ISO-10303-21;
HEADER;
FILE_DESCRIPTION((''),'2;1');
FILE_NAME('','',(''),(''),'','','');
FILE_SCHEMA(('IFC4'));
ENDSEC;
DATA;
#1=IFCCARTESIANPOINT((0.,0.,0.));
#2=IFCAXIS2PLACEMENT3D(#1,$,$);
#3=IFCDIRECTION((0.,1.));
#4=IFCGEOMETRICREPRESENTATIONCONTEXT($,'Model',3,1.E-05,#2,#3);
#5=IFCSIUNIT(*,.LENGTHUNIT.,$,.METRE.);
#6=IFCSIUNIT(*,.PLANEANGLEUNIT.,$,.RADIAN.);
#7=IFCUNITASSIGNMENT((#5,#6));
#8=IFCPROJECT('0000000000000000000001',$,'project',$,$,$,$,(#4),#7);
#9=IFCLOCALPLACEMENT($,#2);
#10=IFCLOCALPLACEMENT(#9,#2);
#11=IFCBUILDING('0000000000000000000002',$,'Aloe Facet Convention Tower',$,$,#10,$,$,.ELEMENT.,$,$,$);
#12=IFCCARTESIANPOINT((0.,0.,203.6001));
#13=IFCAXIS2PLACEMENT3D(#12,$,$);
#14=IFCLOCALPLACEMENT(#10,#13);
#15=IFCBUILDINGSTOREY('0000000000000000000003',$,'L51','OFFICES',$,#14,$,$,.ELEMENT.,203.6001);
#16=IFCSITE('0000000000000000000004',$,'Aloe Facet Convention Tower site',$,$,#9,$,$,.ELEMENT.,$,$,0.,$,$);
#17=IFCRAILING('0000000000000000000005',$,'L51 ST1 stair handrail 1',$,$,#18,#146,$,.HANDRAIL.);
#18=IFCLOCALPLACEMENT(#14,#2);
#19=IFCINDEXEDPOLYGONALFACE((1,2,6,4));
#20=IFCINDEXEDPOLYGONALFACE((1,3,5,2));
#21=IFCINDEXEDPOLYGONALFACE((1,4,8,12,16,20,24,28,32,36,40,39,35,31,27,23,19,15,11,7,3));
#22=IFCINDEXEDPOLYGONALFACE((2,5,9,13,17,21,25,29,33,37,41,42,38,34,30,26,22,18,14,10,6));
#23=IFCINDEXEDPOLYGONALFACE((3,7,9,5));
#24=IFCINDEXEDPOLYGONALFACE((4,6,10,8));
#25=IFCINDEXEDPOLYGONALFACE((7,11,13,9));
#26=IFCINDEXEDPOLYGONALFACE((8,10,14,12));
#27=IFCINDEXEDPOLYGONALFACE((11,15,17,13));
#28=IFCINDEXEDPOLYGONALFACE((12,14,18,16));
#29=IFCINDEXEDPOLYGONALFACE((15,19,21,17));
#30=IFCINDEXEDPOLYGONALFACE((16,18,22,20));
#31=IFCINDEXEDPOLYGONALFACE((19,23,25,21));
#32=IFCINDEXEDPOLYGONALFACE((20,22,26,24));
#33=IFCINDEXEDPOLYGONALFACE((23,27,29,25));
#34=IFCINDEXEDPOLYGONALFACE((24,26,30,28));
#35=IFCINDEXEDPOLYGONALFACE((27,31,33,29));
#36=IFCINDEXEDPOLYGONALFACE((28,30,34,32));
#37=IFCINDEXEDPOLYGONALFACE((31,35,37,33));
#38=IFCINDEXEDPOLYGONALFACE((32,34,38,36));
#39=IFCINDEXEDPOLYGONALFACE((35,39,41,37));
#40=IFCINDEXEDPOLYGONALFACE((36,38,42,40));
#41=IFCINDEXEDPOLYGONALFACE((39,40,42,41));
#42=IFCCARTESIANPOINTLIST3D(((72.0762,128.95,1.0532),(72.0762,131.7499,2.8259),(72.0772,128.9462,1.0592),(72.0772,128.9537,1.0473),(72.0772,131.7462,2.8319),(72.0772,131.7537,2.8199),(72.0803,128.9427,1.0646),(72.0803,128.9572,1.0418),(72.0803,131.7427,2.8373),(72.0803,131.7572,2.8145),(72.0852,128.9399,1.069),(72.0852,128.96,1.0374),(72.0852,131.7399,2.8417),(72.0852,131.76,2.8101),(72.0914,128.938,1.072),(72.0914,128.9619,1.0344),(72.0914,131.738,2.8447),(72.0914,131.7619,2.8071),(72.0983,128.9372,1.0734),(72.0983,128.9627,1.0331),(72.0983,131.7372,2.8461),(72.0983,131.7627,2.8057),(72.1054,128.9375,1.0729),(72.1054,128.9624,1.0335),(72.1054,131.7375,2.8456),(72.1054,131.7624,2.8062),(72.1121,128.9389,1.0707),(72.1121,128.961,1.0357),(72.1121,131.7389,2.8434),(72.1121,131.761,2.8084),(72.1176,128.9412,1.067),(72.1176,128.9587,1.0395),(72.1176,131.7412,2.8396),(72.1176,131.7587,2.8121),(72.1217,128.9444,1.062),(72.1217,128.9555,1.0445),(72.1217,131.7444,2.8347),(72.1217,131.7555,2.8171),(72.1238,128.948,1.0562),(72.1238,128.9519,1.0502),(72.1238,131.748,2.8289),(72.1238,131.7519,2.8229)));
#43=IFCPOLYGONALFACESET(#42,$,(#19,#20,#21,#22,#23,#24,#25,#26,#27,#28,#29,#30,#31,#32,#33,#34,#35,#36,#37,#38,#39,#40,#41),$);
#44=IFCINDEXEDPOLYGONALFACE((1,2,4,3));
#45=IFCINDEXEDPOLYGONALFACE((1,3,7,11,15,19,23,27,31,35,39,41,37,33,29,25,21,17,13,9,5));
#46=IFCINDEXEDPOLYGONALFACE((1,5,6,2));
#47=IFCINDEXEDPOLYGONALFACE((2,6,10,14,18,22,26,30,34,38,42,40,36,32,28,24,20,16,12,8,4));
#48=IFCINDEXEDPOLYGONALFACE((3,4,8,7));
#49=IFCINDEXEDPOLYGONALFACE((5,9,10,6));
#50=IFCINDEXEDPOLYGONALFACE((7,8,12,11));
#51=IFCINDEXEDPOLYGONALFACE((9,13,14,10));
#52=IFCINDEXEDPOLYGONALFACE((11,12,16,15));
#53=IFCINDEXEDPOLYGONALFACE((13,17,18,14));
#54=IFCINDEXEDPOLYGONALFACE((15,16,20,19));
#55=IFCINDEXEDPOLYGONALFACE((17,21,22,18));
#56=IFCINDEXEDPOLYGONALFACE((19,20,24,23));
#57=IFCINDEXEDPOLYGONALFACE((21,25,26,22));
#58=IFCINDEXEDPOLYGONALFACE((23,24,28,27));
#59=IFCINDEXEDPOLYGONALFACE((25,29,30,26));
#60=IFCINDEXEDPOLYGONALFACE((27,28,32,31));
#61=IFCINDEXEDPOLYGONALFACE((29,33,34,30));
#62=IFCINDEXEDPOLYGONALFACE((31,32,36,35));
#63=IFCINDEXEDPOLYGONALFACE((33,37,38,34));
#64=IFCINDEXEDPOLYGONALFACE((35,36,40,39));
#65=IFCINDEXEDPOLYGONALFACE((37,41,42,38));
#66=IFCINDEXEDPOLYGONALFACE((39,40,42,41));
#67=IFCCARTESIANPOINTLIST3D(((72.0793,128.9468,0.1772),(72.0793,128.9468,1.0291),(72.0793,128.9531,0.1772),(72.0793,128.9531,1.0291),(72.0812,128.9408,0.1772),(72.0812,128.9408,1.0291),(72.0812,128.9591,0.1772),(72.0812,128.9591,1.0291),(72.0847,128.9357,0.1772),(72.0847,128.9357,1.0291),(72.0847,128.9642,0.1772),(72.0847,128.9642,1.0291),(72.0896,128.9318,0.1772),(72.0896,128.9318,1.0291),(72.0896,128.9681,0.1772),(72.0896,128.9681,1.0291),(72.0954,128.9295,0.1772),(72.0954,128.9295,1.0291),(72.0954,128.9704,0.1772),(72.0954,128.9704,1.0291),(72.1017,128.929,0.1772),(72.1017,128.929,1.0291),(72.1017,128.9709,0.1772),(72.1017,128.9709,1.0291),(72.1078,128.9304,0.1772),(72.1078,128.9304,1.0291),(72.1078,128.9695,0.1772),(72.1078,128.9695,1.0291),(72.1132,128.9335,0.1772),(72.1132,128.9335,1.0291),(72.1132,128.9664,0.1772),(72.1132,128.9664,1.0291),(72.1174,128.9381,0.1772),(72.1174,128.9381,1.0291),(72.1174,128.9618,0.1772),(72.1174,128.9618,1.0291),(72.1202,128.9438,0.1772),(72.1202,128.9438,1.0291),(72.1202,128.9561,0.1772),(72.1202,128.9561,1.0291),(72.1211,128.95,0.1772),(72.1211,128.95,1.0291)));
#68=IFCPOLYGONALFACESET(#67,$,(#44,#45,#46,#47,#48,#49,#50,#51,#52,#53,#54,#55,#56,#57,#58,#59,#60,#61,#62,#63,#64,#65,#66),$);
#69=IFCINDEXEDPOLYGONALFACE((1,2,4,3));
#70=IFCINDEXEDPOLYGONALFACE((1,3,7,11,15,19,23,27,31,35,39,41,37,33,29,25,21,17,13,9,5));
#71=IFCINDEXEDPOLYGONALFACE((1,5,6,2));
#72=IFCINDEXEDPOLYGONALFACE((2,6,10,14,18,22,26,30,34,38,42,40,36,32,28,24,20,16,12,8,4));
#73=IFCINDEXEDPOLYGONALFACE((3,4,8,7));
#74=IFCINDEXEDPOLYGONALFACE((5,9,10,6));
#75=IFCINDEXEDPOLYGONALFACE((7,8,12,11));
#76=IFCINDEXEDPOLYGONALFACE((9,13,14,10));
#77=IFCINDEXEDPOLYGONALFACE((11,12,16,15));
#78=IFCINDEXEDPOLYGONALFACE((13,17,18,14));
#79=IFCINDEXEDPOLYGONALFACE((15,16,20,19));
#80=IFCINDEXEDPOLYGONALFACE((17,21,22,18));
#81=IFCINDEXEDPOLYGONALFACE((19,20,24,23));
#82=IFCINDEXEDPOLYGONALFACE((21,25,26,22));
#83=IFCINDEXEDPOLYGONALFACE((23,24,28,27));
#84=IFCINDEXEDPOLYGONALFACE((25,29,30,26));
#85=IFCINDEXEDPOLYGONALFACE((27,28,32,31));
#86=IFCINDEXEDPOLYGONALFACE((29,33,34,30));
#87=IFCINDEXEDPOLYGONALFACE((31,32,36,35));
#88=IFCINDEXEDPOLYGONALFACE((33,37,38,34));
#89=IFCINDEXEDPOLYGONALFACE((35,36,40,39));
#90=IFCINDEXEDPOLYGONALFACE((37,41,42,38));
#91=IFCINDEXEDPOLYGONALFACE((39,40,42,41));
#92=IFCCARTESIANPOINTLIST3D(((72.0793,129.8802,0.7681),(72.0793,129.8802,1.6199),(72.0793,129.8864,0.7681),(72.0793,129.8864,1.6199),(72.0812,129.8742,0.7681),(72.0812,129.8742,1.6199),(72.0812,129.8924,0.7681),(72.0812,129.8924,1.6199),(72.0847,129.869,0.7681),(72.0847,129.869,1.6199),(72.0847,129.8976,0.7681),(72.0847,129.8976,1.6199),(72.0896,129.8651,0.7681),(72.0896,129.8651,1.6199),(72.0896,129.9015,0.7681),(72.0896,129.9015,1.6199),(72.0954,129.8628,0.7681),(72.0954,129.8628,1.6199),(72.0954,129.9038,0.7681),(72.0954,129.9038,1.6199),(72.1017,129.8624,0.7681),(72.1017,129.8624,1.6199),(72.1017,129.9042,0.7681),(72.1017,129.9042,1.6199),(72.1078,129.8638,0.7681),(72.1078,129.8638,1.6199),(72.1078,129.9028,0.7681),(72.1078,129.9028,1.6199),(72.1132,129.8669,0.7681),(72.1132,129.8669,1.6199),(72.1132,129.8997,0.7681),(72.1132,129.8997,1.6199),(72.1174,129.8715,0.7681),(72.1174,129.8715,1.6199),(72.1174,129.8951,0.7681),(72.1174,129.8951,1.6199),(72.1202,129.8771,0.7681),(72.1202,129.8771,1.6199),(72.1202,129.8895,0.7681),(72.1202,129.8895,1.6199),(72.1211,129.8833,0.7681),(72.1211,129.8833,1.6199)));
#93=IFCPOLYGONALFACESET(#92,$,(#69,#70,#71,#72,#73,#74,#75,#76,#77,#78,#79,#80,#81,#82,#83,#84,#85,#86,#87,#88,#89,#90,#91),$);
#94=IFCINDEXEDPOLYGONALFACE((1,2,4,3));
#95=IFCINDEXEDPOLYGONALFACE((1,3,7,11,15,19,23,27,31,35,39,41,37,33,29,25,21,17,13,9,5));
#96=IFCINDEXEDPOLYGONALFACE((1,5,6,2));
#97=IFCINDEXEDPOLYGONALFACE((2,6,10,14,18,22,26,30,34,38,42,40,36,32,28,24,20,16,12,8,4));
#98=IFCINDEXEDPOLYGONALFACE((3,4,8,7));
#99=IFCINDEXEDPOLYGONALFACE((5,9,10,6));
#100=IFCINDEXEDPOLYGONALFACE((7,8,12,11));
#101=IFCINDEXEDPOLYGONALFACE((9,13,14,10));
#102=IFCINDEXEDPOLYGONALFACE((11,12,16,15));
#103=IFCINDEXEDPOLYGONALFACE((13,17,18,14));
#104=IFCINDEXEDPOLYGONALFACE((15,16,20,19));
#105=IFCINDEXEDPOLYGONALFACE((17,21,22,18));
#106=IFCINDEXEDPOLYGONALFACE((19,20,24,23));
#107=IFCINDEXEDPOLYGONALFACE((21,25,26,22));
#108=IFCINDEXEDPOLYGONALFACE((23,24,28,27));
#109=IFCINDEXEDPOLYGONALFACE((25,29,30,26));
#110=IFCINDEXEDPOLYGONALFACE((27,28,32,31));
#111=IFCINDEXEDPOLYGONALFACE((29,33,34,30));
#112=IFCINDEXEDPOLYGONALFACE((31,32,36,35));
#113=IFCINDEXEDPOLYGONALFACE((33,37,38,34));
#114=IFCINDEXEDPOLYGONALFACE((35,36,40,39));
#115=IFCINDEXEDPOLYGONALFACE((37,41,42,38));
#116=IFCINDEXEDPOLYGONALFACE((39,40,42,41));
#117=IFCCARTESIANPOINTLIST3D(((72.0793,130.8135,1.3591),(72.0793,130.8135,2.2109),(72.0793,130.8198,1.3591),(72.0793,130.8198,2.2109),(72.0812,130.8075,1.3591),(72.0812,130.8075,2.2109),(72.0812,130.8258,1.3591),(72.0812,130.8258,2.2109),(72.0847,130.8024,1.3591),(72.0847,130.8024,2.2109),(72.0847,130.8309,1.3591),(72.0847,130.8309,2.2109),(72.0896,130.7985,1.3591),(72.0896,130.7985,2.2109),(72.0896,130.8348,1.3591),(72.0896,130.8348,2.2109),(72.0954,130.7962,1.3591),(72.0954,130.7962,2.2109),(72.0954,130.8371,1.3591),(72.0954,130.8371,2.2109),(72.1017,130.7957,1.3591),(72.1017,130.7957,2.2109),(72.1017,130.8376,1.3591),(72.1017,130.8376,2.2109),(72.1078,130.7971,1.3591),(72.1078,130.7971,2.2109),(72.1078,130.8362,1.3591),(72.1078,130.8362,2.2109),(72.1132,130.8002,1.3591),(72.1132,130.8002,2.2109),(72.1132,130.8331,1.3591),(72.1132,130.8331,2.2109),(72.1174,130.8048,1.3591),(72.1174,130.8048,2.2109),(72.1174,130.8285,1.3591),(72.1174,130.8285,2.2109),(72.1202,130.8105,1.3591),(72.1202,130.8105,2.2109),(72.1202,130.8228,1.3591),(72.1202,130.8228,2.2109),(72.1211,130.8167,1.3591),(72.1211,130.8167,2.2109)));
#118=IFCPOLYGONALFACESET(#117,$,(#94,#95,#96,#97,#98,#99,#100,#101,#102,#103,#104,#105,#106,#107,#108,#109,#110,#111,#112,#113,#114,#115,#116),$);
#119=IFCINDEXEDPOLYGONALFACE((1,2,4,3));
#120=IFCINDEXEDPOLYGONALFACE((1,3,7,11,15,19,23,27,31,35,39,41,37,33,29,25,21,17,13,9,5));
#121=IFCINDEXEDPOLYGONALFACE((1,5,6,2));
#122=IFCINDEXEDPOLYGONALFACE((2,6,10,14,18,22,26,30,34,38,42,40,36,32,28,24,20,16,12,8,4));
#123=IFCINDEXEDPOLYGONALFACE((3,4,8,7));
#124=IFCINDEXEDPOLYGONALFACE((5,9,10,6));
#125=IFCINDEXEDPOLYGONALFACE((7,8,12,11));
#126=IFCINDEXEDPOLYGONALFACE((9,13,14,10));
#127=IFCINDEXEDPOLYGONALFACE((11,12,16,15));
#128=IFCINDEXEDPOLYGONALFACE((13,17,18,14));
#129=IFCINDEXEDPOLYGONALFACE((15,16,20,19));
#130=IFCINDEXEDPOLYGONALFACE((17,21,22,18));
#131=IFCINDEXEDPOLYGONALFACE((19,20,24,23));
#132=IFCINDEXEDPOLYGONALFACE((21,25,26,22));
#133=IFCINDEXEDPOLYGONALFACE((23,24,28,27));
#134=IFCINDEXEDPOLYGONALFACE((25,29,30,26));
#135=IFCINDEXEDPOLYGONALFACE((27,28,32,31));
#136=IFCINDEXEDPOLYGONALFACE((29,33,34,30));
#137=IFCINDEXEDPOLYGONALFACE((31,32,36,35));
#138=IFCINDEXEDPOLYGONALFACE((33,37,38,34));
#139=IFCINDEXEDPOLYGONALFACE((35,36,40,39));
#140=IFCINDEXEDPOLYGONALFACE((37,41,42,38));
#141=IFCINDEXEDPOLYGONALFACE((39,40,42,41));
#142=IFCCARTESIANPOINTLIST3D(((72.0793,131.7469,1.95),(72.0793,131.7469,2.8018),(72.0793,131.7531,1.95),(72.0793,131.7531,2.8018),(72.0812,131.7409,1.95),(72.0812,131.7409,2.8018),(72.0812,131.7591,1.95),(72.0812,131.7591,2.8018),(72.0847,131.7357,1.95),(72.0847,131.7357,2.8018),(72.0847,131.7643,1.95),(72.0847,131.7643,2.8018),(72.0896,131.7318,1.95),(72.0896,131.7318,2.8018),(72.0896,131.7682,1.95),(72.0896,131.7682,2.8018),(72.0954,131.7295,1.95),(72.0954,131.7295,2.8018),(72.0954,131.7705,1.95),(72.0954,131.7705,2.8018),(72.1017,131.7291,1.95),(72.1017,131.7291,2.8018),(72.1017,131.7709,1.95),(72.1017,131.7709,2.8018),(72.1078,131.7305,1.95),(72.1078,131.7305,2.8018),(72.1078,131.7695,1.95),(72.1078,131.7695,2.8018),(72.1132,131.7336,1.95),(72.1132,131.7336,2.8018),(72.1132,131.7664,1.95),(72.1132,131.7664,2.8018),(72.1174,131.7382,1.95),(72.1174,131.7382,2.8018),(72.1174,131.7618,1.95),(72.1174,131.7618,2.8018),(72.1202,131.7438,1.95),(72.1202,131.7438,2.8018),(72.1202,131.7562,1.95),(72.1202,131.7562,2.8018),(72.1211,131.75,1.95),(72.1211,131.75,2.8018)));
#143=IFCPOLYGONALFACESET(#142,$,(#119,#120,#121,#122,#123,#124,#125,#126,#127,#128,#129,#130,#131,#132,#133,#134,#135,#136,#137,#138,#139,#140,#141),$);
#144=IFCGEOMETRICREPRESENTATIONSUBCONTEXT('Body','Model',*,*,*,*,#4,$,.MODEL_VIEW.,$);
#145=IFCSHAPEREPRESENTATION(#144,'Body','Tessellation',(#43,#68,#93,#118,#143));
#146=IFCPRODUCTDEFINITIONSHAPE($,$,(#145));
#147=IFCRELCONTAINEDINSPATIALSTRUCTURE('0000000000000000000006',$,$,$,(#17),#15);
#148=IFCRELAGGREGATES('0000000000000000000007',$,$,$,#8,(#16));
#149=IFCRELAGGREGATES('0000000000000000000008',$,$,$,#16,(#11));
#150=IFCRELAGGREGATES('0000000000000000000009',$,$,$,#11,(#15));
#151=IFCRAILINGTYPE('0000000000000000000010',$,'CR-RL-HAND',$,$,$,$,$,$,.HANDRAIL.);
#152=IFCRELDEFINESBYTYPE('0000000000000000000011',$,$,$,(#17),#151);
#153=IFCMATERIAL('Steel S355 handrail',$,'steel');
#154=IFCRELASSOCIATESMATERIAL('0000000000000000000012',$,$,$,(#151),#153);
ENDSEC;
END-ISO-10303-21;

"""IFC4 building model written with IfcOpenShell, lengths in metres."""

from ifc_helpers import new_model, si_unit, direction, frame, origin, origin_2d, place, context, subcontext, project, spatial, circle, extrude, material, type_object, element, save


model = new_model("IFC4")

# Units and contexts
model_context = context("Model", 3, precision=1e-05, world=origin(), true_north=direction((0.0, 1.0)))
body_context = subcontext(model_context, "Body", "Model", "MODEL_VIEW")
ifc_project = project(units=[si_unit("LENGTHUNIT", "METRE"), si_unit("PLANEANGLEUNIT", "RADIAN")], contexts=[model_context])

# Site, building, storey
site_placement = place(None, origin())
site = spatial("IfcSite", under=ifc_project, at=site_placement, Name="Aloe Facet Convention Tower site", CompositionType="ELEMENT", RefElevation=0.0)
building_placement = place(site_placement, origin())
building = spatial("IfcBuilding", under=site, at=building_placement, Name="Aloe Facet Convention Tower", CompositionType="ELEMENT")
storey_placement = place(building_placement, frame((0.0, 0.0, 203.6001)))
storey = spatial("IfcBuildingStorey", under=building, at=storey_placement, Name="L51", Description="OFFICES", CompositionType="ELEMENT", Elevation=203.6001)

# Railing
ifc_material_1 = material(Name="Steel S355 handrail", Category="steel")
railing_type_1 = type_object("IfcRailingType", Name="CR-RL-HAND", PredefinedType="HANDRAIL", material=ifc_material_1)
railing_1_placement = place(storey_placement, frame((72.1001, 128.95, 0.1772)))
element("IfcRailing", 1, at=railing_1_placement, inside=storey, type_object=railing_type_1, Name="L51 ST1 stair handrail 1", PredefinedType="HANDRAIL", context=body_context, shape_type="SweptSolid", body=[
    extrude(circle(Radius=0.0239, at=origin_2d()), frame((0.0, 0.0, 0.876), z_axis=(0.0, 0.844909, 0.53491), x_axis=(-1.0, 0.0, 0.0)), (0.0, 0.0, 1.0), 3.314),
    extrude(circle(Radius=0.021, at=origin_2d()), origin(), (0.0, 0.0, 1.0), 0.8518),
    extrude(circle(Radius=0.021, at=origin_2d()), frame((0.0, 0.9333, 0.5908)), (0.0, 0.0, 1.0), 0.8518),
    extrude(circle(Radius=0.021, at=origin_2d()), frame((0.0, 1.8667, 1.1819)), (0.0, 0.0, 1.0), 0.8518),
    extrude(circle(Radius=0.021, at=origin_2d()), frame((0.0, 2.8, 1.7727)), (0.0, 0.0, 1.0), 0.8518),
])

save(model, "model.ifc")
